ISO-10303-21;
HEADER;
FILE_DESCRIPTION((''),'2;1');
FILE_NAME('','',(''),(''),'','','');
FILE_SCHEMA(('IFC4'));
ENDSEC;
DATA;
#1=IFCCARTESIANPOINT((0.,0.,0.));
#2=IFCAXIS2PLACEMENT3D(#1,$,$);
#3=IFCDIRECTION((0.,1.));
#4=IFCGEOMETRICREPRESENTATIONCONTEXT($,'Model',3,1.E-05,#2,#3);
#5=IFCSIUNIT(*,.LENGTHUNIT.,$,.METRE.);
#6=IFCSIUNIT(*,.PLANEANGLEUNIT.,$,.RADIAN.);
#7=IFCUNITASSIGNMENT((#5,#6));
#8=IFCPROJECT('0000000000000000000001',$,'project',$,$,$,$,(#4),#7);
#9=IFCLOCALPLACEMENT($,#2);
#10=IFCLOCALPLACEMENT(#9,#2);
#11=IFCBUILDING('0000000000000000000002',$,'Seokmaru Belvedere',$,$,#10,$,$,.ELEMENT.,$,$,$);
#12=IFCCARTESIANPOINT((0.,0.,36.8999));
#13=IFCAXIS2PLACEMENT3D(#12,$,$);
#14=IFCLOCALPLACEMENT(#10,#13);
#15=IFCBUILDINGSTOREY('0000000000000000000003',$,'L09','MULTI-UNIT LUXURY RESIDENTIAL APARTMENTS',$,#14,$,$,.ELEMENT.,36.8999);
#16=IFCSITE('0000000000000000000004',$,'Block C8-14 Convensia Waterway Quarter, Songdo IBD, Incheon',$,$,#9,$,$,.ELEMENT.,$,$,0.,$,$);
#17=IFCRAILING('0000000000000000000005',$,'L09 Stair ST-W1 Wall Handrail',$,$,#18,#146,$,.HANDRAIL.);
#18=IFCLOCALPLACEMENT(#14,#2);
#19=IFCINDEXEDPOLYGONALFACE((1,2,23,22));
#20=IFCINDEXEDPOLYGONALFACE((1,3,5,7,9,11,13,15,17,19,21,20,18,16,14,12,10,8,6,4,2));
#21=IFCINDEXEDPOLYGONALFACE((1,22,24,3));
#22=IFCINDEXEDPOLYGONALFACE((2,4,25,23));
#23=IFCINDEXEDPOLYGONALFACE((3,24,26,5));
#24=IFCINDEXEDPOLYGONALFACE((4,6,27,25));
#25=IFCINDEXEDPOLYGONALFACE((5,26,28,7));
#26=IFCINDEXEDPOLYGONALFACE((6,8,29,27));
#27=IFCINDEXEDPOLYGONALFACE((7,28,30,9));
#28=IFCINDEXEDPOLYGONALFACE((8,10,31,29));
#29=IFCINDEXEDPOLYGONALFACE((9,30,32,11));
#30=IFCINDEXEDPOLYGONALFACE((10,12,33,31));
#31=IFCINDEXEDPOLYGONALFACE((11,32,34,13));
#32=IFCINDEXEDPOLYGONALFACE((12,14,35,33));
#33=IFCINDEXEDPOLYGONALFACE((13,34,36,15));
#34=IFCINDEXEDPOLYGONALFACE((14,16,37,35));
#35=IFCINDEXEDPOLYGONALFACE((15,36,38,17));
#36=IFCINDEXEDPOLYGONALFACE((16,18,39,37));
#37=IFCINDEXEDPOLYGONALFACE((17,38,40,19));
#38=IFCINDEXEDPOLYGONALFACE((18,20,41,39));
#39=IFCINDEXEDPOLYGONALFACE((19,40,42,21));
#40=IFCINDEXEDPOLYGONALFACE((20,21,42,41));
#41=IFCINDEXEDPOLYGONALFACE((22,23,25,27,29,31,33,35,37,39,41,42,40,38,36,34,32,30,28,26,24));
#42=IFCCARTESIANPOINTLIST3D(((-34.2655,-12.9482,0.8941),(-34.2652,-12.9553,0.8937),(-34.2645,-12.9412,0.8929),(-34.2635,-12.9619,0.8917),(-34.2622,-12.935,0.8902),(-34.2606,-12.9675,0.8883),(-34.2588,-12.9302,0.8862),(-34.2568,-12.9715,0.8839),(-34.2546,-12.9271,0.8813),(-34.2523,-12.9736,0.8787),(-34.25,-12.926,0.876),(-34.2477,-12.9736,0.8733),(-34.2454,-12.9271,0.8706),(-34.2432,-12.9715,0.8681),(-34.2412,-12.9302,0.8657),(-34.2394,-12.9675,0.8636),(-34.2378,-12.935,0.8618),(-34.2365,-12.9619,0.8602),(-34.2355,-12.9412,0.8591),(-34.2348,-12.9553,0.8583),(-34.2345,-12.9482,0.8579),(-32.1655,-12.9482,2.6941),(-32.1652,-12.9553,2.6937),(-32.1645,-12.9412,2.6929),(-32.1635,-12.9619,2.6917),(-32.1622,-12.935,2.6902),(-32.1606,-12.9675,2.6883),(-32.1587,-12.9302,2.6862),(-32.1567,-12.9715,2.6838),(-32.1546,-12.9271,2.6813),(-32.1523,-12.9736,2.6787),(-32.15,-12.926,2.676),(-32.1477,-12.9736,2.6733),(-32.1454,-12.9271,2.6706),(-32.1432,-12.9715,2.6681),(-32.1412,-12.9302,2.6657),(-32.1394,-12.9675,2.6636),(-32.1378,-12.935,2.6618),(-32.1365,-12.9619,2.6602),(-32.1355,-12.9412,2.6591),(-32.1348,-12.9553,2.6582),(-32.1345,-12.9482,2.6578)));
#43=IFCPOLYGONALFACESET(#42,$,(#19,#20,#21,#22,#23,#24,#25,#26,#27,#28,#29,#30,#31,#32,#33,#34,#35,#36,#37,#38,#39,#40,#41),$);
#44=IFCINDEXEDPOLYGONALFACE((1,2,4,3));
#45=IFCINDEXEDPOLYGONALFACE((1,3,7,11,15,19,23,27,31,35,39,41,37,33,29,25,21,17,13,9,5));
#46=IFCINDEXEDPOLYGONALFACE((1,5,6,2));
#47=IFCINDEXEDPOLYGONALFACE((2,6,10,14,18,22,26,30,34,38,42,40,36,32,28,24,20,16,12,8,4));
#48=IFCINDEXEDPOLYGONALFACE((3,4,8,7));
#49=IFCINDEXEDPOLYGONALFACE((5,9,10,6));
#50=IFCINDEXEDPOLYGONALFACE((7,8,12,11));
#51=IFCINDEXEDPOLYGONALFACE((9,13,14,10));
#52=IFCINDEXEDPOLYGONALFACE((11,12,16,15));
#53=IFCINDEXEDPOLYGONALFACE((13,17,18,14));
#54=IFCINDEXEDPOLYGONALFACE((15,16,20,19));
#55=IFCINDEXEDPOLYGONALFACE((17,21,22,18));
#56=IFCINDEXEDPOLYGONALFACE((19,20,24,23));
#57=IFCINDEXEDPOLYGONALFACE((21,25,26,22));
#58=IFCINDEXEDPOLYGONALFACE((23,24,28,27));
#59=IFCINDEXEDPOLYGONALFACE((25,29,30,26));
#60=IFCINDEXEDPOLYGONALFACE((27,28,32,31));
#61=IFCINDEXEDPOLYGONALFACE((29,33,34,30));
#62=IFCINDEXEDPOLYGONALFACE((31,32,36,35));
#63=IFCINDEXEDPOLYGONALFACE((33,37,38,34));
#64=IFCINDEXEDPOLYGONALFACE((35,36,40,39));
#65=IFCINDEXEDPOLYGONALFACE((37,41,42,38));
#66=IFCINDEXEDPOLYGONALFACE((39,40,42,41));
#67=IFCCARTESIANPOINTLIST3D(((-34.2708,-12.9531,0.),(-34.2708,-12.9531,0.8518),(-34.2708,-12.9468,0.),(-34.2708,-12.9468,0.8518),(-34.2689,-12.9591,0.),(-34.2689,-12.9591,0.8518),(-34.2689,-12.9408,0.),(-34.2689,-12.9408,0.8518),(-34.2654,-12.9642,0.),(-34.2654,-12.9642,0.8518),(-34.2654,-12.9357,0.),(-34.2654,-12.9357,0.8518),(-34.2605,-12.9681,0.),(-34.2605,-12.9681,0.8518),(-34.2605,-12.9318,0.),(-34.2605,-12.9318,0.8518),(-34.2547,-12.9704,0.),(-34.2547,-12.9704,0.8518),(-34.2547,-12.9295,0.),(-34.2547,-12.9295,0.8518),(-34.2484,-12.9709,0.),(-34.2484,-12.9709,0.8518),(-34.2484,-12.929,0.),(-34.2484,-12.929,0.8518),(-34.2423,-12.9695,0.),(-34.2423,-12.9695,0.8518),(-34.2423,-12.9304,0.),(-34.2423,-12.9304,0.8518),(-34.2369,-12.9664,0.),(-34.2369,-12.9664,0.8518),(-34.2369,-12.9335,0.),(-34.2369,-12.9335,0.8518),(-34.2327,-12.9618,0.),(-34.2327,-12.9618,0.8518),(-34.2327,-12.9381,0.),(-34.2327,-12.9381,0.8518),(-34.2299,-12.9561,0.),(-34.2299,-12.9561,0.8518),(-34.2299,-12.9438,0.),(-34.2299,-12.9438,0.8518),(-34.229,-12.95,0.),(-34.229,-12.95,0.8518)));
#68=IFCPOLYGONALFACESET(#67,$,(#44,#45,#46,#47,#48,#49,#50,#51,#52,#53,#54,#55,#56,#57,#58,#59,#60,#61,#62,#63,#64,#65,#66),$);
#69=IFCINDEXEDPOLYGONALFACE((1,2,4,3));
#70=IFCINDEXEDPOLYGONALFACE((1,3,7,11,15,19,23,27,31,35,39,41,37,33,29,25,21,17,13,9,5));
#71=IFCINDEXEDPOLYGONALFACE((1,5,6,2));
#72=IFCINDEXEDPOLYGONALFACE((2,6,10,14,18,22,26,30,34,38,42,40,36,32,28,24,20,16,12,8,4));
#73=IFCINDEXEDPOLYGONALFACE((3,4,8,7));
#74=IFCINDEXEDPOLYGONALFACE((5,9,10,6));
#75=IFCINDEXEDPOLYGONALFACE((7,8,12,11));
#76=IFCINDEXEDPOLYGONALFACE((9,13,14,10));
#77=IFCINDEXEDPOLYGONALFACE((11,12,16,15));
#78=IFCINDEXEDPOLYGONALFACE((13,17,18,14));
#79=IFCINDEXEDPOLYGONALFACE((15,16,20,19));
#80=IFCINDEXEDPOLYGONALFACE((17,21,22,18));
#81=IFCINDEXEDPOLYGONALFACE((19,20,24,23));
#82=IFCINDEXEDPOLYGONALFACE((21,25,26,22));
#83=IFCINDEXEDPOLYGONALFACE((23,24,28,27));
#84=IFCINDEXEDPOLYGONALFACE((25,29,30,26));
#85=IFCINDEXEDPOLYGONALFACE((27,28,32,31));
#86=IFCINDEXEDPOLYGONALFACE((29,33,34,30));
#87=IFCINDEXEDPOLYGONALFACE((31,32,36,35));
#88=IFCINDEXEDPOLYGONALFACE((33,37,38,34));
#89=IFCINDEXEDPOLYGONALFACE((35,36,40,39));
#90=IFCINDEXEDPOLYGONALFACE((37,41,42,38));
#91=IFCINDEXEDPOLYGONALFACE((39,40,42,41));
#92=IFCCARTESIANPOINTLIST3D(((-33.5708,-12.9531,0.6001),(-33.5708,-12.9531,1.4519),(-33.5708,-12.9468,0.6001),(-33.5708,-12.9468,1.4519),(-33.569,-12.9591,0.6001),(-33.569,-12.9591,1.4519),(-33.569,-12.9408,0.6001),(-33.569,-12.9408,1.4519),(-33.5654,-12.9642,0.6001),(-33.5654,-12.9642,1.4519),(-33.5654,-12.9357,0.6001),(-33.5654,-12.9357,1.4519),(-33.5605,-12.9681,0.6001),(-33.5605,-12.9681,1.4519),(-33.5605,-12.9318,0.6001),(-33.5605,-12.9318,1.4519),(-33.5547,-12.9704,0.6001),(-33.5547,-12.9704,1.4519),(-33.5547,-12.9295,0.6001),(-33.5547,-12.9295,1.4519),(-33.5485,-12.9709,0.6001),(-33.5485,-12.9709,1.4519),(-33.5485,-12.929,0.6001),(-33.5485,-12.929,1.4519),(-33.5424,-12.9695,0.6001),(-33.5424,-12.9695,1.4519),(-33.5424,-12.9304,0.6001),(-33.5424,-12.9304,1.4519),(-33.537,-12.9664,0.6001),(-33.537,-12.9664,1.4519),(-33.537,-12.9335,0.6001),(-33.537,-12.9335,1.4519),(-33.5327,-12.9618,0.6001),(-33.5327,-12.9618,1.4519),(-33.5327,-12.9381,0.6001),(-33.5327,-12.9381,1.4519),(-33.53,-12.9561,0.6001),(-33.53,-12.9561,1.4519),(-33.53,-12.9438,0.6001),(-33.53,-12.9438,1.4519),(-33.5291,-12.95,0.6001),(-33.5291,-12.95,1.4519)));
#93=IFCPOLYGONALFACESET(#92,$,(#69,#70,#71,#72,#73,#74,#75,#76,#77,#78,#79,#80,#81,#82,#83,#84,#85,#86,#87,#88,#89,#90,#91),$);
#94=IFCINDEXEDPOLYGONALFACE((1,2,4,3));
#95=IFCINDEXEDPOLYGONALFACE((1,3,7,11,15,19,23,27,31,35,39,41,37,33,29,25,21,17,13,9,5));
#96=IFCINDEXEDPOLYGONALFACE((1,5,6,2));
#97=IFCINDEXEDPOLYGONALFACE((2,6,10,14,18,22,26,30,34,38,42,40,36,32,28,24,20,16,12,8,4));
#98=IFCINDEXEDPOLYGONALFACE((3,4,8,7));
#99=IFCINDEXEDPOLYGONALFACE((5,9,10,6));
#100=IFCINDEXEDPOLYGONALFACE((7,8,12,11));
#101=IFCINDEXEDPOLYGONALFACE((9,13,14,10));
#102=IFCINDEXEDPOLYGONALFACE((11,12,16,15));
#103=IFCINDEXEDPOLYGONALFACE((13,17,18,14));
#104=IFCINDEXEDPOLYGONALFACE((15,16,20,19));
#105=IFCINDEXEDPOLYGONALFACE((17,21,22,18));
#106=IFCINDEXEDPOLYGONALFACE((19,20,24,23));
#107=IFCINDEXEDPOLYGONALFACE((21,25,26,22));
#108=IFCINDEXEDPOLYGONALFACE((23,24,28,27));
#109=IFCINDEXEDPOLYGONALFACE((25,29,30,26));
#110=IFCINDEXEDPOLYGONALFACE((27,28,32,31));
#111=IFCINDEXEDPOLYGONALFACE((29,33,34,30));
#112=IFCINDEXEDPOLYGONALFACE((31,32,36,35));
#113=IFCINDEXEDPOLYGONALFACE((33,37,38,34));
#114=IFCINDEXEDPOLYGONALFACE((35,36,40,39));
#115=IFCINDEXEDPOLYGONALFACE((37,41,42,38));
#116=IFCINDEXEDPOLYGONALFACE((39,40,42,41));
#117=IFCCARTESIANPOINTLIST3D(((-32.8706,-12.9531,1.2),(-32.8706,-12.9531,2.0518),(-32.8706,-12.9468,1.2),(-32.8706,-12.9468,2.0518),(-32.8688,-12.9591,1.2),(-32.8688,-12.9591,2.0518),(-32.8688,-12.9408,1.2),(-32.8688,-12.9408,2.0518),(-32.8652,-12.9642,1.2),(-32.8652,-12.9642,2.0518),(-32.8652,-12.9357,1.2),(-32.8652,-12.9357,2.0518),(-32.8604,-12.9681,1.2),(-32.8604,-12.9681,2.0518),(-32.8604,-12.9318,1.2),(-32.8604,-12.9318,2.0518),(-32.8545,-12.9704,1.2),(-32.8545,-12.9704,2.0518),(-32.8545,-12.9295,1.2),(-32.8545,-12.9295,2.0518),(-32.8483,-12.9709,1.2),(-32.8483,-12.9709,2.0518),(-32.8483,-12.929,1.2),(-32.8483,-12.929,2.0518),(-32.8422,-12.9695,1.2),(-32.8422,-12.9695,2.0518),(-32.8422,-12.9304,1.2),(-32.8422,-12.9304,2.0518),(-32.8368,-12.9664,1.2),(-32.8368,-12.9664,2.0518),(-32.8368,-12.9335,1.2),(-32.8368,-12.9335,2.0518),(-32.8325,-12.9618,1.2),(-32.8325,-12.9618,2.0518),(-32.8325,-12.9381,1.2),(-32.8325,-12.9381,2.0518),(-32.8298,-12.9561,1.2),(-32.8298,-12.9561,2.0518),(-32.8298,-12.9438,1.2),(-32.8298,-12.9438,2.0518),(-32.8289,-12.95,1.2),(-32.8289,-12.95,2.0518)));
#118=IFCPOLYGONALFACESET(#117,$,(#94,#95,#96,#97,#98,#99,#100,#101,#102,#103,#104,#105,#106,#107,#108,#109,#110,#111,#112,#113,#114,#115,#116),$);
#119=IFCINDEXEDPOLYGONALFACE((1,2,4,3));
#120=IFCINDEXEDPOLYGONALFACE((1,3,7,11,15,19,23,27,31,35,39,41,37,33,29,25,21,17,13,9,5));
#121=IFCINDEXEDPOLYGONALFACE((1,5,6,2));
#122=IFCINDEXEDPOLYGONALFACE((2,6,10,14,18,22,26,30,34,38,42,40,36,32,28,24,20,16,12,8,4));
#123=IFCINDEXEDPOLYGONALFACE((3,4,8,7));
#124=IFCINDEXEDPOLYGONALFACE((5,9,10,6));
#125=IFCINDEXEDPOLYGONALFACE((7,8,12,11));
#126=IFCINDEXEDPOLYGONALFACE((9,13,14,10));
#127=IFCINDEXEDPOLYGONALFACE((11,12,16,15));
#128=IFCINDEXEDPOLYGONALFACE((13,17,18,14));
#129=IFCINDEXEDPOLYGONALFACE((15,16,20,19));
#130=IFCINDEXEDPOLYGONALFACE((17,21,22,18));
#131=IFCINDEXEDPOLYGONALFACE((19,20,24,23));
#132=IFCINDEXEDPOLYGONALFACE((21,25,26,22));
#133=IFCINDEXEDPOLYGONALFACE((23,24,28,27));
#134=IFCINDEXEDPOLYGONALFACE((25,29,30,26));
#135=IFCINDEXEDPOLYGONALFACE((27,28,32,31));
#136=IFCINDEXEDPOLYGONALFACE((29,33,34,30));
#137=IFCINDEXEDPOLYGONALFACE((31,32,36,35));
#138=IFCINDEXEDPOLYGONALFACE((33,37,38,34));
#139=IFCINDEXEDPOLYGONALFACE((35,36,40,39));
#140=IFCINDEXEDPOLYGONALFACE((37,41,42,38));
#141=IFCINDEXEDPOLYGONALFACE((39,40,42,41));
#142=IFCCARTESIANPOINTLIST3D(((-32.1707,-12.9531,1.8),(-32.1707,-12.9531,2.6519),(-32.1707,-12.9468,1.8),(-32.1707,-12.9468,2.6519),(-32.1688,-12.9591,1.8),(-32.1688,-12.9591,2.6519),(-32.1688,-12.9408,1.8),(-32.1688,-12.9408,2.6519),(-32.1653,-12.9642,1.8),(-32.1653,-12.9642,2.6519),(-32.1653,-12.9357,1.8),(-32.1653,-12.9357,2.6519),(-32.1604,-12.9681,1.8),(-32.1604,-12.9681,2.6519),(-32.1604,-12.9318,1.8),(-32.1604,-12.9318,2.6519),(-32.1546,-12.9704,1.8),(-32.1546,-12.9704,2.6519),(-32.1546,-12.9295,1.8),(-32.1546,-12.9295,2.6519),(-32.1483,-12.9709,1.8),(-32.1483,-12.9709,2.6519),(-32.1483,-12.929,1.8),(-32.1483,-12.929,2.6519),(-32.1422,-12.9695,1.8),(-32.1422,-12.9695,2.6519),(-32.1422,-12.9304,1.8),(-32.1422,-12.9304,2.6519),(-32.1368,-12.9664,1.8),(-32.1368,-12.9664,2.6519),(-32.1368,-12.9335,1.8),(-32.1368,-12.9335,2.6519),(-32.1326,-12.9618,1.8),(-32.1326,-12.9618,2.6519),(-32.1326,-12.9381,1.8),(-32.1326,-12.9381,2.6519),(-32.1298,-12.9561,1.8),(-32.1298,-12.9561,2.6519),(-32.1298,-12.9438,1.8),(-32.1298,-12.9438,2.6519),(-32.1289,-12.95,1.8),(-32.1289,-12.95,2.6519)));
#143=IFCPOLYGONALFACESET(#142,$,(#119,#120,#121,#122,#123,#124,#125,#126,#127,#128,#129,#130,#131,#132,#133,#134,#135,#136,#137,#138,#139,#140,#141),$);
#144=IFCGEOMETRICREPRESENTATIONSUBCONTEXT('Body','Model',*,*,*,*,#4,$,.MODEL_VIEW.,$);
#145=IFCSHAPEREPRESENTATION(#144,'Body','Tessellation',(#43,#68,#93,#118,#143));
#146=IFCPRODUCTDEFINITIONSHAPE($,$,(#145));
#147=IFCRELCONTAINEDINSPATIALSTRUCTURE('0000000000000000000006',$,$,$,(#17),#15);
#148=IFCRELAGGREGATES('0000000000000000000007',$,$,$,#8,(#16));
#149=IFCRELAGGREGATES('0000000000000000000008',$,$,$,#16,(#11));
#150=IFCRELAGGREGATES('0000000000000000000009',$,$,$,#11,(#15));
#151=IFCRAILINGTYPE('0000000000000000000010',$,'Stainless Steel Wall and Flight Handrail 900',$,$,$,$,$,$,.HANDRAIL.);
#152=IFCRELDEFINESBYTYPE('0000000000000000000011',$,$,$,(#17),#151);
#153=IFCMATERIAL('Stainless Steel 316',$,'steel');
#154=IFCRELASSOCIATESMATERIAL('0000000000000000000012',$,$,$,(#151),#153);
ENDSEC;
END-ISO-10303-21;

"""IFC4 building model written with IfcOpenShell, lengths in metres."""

from ifc_helpers import new_model, si_unit, direction, frame, origin, origin_2d, place, context, subcontext, project, spatial, circle, extrude, material, type_object, element, save


model = new_model("IFC4")

# Units and contexts
model_context = context("Model", 3, precision=1e-05, world=origin(), true_north=direction((0.0, 1.0)))
body_context = subcontext(model_context, "Body", "Model", "MODEL_VIEW")
ifc_project = project(units=[si_unit("LENGTHUNIT", "METRE"), si_unit("PLANEANGLEUNIT", "RADIAN")], contexts=[model_context])

# Site, building, storey
site_placement = place(None, origin())
site = spatial("IfcSite", under=ifc_project, at=site_placement, Name="Block C8-14 Convensia Waterway Quarter, Songdo IBD, Incheon", CompositionType="ELEMENT", RefElevation=0.0)
building_placement = place(site_placement, origin())
building = spatial("IfcBuilding", under=site, at=building_placement, Name="Seokmaru Belvedere", CompositionType="ELEMENT")
storey_placement = place(building_placement, frame((0.0, 0.0, 36.8999)))
storey = spatial("IfcBuildingStorey", under=building, at=storey_placement, Name="L09", Description="MULTI-UNIT LUXURY RESIDENTIAL APARTMENTS", CompositionType="ELEMENT", Elevation=36.8999)

# Railing
ifc_material_1 = material(Name="Stainless Steel 316", Category="steel")
railing_type = type_object("IfcRailingType", Name="Stainless Steel Wall and Flight Handrail 900", PredefinedType="HANDRAIL", material=ifc_material_1)
railing_placement = place(storey_placement, frame((-34.25, -12.95, 0.0)))
element("IfcRailing", 1, at=railing_placement, inside=storey, type_object=railing_type, Name="L09 Stair ST-W1 Wall Handrail", PredefinedType="HANDRAIL", context=body_context, shape_type="SweptSolid", body=[
    extrude(circle(Radius=0.0239, at=origin_2d()), frame((0.0, 0.0, 0.876), z_axis=(0.759263, 0.0, 0.650784), x_axis=(0.0, 1.0, 0.0)), (0.0, 0.0, 1.0), 2.7659),
    extrude(circle(Radius=0.021, at=origin_2d()), origin(), (0.0, 0.0, 1.0), 0.8518),
    extrude(circle(Radius=0.021, at=origin_2d()), frame((0.7, 0.0, 0.6001)), (0.0, 0.0, 1.0), 0.8518),
    extrude(circle(Radius=0.021, at=origin_2d()), frame((1.4001, 0.0, 1.2)), (0.0, 0.0, 1.0), 0.8518),
    extrude(circle(Radius=0.021, at=origin_2d()), frame((2.1001, 0.0, 1.8)), (0.0, 0.0, 1.0), 0.8518),
])

save(model, "model.ifc")
